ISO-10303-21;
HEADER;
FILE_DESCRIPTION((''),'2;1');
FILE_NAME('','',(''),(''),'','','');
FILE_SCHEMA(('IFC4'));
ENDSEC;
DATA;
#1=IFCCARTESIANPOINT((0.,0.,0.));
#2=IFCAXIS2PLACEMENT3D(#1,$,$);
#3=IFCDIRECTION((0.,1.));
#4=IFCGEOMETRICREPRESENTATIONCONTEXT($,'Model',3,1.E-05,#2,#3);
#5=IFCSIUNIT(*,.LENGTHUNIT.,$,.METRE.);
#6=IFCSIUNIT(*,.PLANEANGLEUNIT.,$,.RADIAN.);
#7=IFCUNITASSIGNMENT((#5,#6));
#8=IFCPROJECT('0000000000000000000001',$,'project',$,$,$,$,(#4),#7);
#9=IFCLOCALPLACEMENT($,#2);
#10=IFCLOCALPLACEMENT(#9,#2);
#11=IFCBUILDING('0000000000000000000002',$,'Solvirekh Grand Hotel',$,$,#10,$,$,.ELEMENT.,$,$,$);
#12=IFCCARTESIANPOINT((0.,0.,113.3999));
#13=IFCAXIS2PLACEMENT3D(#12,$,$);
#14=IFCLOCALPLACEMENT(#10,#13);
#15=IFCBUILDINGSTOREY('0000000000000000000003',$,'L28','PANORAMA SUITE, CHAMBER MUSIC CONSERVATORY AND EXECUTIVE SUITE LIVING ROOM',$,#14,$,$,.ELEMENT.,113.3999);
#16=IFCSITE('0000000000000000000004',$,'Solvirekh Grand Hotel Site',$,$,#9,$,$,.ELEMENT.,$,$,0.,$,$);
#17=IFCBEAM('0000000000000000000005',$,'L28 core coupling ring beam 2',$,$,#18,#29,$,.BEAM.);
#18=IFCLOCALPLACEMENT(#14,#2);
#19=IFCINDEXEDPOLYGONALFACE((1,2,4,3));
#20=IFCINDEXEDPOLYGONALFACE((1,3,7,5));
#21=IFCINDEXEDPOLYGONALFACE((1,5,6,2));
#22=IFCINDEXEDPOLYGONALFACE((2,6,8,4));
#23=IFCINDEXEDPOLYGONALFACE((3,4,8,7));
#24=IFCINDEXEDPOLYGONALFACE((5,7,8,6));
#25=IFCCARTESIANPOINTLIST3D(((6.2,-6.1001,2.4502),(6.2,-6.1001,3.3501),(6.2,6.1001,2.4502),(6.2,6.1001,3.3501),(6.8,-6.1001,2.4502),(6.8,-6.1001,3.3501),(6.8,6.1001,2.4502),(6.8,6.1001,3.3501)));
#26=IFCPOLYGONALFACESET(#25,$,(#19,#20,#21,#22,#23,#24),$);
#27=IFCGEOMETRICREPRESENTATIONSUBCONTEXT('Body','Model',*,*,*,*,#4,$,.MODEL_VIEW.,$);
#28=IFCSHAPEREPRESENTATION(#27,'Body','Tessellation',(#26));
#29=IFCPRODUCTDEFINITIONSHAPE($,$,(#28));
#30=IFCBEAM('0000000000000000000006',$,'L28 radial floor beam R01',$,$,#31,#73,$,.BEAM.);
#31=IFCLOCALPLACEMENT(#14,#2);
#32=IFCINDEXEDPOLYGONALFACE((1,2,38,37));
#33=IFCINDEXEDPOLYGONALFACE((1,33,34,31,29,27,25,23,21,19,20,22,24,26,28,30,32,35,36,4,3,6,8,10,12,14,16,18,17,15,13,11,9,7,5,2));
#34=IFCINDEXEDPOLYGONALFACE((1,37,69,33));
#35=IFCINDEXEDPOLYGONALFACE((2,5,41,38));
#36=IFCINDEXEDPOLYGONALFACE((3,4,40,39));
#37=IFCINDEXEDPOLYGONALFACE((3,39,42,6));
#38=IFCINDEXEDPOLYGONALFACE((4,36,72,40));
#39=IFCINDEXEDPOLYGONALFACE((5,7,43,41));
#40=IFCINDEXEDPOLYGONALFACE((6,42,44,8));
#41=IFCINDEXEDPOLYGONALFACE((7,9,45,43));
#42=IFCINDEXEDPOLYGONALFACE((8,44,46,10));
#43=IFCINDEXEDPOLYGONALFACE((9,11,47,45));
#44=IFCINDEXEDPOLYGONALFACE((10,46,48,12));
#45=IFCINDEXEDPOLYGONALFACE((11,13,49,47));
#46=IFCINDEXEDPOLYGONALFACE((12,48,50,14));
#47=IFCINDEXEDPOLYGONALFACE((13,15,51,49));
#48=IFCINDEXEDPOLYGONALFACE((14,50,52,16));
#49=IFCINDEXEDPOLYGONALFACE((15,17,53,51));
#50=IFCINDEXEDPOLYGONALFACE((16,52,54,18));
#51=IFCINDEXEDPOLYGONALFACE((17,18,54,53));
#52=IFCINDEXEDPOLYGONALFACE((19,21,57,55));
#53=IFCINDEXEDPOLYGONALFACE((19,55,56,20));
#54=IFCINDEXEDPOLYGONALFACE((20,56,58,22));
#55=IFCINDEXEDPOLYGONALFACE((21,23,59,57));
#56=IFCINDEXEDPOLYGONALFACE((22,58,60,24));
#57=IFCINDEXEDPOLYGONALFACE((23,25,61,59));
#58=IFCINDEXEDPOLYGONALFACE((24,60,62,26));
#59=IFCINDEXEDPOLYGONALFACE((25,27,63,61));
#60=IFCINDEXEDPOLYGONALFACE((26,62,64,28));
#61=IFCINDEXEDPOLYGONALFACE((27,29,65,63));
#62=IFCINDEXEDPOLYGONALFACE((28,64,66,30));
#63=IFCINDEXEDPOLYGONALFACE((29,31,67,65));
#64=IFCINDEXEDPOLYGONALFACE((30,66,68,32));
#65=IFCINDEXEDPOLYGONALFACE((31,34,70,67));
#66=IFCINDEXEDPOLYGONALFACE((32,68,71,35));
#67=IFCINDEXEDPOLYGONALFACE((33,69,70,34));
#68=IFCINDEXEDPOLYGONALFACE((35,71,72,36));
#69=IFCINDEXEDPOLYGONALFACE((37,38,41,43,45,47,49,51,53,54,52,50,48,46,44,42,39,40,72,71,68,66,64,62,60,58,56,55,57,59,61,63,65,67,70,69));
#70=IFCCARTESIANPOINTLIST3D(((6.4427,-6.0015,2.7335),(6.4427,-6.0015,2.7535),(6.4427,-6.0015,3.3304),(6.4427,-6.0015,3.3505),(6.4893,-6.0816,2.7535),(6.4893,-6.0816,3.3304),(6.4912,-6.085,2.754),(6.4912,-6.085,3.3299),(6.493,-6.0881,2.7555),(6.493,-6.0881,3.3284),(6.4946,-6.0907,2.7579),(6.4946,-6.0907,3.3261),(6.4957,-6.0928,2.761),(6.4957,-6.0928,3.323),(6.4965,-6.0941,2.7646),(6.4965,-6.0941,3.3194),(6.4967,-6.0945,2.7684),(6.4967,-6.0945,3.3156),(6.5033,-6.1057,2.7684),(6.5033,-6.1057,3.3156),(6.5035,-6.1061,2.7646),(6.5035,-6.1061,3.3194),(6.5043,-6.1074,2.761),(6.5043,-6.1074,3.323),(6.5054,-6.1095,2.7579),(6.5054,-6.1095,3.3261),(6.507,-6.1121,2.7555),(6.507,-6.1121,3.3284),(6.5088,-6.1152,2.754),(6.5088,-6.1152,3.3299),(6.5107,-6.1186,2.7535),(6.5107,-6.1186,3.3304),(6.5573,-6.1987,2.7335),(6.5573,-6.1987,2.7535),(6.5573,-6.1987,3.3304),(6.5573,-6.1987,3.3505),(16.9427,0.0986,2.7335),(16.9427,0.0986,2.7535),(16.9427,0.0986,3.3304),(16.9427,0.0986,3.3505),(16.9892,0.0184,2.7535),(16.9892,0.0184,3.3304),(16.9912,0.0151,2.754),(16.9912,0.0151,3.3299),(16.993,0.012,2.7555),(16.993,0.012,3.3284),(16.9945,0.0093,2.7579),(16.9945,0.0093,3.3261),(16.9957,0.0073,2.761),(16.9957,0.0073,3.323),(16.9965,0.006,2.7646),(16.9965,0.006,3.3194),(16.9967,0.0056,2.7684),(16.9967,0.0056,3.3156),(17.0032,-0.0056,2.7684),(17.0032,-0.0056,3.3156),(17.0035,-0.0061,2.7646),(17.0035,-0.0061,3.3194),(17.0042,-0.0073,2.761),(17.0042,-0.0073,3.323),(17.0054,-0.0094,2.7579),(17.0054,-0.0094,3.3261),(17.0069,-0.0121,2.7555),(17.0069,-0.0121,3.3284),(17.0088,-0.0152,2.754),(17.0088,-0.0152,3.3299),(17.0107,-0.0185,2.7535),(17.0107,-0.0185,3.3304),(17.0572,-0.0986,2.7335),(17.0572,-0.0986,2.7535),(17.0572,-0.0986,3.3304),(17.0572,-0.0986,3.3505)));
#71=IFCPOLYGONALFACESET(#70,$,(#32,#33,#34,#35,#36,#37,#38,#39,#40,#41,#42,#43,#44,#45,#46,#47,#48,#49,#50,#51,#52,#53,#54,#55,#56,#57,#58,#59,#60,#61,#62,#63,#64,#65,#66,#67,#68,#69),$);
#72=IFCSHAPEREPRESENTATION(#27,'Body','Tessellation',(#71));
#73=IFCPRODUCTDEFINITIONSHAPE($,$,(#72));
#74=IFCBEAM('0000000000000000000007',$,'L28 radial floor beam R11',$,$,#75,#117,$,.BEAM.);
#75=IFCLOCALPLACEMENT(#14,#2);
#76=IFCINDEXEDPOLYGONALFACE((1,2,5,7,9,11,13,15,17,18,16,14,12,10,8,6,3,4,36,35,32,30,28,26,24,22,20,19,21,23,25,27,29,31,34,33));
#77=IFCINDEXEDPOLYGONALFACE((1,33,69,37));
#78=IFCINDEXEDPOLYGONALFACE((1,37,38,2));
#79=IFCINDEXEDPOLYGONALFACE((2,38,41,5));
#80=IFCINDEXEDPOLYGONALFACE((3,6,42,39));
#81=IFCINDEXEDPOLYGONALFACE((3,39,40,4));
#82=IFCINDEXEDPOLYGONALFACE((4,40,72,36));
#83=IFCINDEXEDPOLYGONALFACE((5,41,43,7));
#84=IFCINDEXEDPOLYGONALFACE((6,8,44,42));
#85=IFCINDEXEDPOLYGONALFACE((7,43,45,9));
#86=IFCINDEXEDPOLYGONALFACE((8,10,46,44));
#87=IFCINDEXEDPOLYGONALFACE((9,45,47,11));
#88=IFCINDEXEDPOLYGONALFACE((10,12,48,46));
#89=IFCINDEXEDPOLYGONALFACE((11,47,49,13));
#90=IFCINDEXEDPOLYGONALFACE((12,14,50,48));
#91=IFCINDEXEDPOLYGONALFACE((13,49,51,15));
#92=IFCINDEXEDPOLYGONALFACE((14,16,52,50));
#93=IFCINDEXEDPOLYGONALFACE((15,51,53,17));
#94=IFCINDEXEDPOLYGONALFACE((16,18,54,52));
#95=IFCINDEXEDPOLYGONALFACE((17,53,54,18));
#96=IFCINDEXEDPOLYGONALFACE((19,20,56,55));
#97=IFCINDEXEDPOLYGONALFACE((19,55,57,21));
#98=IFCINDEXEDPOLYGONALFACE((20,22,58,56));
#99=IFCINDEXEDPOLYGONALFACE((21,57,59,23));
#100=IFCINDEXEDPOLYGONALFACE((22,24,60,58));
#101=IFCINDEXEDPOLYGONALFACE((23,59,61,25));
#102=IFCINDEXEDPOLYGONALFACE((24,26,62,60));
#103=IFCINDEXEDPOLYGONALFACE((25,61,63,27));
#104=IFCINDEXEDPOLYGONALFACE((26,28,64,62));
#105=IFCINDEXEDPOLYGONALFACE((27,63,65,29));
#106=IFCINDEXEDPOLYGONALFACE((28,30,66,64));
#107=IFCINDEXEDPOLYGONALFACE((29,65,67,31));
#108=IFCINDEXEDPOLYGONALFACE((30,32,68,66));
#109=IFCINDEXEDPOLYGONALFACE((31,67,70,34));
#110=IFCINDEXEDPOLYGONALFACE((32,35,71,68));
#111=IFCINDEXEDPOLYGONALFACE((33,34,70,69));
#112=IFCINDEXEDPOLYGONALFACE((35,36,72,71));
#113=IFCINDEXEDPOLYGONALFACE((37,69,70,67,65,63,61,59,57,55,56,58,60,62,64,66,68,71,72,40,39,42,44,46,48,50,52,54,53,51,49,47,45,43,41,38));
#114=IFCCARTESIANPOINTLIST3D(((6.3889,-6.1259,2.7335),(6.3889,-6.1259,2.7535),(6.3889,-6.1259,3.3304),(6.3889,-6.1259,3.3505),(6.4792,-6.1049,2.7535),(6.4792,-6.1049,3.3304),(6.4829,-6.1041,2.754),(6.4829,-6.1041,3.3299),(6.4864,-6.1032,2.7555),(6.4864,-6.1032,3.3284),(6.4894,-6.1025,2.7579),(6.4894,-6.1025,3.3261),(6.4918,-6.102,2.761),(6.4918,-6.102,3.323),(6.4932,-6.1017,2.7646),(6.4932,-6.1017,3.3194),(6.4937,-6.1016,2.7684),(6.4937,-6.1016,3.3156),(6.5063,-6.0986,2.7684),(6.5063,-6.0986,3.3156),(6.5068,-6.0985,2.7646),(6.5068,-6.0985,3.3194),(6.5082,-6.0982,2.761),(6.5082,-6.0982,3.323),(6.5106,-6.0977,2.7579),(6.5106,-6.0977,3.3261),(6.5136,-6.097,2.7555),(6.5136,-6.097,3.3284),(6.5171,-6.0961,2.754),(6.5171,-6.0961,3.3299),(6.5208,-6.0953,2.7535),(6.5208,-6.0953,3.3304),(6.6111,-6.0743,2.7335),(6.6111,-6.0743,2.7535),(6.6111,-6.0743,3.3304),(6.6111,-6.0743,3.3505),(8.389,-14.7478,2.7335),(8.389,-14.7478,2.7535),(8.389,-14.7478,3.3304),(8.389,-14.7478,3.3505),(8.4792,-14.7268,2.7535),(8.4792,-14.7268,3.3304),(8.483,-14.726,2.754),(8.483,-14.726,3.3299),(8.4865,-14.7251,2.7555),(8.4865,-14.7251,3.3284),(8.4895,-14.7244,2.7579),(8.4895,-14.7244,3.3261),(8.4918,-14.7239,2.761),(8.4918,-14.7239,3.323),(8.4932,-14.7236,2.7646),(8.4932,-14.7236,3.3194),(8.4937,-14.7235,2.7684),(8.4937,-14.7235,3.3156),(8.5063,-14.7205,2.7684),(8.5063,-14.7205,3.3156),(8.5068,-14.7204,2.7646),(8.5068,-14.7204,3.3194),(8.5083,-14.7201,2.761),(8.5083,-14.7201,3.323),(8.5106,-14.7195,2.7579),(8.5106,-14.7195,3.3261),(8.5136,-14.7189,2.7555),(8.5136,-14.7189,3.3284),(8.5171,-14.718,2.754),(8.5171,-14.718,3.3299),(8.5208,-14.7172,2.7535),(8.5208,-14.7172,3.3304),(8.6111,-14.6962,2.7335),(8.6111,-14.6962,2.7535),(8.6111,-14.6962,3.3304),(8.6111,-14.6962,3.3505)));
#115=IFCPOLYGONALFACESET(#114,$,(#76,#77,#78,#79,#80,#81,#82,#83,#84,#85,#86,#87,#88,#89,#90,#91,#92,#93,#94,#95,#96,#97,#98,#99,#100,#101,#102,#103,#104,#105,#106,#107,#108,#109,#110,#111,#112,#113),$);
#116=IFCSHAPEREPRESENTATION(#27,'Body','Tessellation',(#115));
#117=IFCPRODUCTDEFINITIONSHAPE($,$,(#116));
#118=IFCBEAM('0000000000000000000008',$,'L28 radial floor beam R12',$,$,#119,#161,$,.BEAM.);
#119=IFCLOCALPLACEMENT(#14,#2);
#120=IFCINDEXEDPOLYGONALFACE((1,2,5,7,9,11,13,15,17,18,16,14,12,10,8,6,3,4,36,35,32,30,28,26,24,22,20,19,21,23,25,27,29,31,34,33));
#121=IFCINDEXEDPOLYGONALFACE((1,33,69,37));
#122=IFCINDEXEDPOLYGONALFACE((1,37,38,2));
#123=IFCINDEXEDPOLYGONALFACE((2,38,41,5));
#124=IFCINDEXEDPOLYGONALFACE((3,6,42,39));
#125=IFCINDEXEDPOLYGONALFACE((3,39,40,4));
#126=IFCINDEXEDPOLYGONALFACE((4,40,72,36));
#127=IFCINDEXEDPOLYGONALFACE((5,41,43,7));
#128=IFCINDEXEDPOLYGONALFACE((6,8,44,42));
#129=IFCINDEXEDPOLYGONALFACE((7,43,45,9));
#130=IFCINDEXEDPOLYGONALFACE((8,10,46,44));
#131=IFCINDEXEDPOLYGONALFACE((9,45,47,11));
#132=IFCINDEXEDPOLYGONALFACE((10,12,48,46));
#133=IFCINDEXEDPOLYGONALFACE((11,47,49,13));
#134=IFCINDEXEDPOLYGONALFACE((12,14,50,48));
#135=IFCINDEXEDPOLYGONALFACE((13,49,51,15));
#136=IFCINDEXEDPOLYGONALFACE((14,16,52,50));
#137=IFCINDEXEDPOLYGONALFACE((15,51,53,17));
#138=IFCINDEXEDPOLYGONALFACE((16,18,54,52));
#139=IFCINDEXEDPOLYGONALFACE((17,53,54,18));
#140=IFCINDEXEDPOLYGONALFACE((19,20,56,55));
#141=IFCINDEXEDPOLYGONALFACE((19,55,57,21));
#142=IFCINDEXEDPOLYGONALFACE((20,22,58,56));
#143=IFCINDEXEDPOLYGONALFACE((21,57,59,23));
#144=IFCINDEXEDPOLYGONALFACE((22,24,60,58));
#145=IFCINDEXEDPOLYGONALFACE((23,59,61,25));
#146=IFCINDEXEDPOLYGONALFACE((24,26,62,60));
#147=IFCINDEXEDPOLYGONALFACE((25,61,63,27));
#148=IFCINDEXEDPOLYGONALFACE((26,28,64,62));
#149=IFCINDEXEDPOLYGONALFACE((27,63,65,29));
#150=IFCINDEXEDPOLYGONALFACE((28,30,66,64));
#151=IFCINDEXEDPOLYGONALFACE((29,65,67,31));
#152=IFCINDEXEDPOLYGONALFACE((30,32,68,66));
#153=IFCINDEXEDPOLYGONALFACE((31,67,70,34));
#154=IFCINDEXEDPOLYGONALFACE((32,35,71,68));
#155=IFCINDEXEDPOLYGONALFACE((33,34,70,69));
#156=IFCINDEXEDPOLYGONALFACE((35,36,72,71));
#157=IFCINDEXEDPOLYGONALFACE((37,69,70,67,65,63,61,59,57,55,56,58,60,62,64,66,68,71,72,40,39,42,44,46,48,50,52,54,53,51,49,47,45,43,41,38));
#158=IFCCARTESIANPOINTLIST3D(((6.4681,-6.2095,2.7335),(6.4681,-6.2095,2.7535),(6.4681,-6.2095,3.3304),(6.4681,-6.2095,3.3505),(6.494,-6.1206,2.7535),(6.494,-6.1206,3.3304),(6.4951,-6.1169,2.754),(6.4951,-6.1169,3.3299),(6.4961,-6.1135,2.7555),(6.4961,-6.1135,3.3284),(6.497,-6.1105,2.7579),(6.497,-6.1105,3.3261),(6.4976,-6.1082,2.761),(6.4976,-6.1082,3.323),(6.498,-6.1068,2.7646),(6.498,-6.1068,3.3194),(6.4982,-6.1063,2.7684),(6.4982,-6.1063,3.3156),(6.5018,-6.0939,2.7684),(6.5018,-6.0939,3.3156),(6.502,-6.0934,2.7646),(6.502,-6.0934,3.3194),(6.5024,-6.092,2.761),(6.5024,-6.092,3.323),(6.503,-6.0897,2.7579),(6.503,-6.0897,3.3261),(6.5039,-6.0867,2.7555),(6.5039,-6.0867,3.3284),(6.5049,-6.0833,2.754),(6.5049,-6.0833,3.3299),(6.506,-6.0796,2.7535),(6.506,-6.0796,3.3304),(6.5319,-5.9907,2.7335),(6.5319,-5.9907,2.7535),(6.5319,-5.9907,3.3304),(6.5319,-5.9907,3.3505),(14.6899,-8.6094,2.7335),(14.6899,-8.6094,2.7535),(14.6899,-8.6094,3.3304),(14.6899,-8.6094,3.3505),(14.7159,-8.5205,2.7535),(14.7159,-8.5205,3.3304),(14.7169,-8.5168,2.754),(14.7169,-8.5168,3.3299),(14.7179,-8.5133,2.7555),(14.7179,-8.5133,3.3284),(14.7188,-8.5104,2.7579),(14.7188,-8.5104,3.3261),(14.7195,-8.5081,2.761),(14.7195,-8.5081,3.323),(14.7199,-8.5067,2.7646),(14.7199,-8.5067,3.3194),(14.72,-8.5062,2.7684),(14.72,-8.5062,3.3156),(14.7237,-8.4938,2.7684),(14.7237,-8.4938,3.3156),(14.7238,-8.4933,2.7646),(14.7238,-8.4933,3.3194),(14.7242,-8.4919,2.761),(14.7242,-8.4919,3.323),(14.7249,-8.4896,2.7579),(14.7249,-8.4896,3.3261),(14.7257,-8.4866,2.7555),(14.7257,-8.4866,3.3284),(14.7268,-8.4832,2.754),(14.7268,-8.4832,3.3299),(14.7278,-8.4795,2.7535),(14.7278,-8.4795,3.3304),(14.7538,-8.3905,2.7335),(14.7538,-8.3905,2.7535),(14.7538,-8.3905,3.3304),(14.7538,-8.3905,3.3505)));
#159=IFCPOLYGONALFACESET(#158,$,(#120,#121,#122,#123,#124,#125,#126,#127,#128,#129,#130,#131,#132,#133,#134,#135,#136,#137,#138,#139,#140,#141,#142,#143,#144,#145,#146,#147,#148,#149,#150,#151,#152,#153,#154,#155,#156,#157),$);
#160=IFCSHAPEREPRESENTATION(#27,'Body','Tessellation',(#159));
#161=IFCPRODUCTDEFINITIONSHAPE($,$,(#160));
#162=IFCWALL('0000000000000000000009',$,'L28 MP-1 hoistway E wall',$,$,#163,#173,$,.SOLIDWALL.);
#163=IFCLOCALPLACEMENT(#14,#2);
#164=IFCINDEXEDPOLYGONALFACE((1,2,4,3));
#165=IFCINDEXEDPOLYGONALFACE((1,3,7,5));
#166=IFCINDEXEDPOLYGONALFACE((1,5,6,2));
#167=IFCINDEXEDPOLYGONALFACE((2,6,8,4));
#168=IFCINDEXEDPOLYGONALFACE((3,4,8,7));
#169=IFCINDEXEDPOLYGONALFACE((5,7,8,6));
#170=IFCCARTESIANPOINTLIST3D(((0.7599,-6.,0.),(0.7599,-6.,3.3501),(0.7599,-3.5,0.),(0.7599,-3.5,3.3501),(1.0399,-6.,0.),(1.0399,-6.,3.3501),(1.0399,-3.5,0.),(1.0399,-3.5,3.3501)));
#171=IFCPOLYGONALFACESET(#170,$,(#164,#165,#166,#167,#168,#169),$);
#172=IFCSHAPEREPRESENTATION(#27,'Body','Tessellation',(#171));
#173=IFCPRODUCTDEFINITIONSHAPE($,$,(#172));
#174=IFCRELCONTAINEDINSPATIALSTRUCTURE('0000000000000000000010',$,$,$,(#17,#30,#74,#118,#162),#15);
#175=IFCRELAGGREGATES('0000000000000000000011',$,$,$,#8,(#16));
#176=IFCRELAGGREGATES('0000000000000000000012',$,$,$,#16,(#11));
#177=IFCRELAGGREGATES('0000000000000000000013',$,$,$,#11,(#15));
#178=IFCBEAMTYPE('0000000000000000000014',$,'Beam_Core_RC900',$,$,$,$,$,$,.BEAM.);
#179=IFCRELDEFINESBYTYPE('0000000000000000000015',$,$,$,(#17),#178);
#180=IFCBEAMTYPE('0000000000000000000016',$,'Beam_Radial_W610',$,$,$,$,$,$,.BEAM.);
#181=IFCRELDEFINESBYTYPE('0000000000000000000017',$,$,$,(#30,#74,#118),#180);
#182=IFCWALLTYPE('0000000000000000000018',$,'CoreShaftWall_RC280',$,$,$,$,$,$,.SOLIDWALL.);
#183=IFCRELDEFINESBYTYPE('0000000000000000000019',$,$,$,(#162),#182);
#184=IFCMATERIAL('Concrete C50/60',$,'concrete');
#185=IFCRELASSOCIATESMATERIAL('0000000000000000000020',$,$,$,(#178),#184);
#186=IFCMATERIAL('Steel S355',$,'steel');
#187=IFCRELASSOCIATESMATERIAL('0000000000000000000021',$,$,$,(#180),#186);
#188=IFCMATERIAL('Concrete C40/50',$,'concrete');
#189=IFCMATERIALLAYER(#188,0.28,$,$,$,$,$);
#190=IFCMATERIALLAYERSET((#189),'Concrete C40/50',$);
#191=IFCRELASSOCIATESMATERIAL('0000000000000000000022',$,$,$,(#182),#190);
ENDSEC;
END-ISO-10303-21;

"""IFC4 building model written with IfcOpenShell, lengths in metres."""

from ifc_helpers import new_model, si_unit, direction, frame, frame_2d, origin, origin_2d, place, context, subcontext, project, spatial, rectangle, i_section, extrude, material, layer, layer_set, material_profile, profile_set, type_object, element, save


model = new_model("IFC4")

# Units and contexts
model_context = context("Model", 3, precision=1e-05, world=origin(), true_north=direction((0.0, 1.0)))
body_context = subcontext(model_context, "Body", "Model", "MODEL_VIEW")
ifc_project = project(units=[si_unit("LENGTHUNIT", "METRE"), si_unit("PLANEANGLEUNIT", "RADIAN")], contexts=[model_context])

# Site, building, storey
site_placement = place(None, origin())
site = spatial("IfcSite", under=ifc_project, at=site_placement, Name="Solvirekh Grand Hotel Site", CompositionType="ELEMENT", RefElevation=0.0)
building_placement = place(site_placement, origin())
building = spatial("IfcBuilding", under=site, at=building_placement, Name="Solvirekh Grand Hotel", CompositionType="ELEMENT")
storey_placement = place(building_placement, frame((0.0, 0.0, 113.3999)))
storey = spatial("IfcBuildingStorey", under=building, at=storey_placement, Name="L28", Description="PANORAMA SUITE, CHAMBER MUSIC CONSERVATORY AND EXECUTIVE SUITE LIVING ROOM", CompositionType="ELEMENT", Elevation=113.3999)

# Beams
ifc_material_1 = material(Name="Concrete C50/60", Category="concrete")
ifc_material_profile_1 = material_profile(ifc_material_1, rectangle(XDim=0.6001, YDim=0.8999, at=origin_2d()), Name="RC BEAM 600X900")
ifc_profile_set_1 = profile_set([ifc_material_profile_1], Name="Concrete C50/60")
beam_type_1 = type_object("IfcBeamType", Name="Beam_Core_RC900", PredefinedType="BEAM", material=ifc_profile_set_1)
beam_1_placement = place(storey_placement, frame((6.5, -6.1001, 2.9001), z_axis=(0.0, 1.0, 0.0), x_axis=(-1.0, 0.0, 0.0)))
element("IfcBeam", 1, at=beam_1_placement, inside=storey, type_object=beam_type_1, Name="L28 core coupling ring beam 2", PredefinedType="BEAM", context=body_context, shape_type="SweptSolid", body=[
    extrude(rectangle(XDim=0.6001, YDim=0.8999, at=origin_2d()), origin(), (0.0, 0.0, 1.0), 12.2002),
])
ifc_material_2 = material(Name="Steel S355", Category="steel")
ifc_material_profile_2 = material_profile(ifc_material_2, i_section(OverallWidth=0.228, OverallDepth=0.6169, WebThickness=0.0129, FlangeThickness=0.02, FilletRadius=0.0149, at=origin_2d()), Name="W610X140")
ifc_profile_set_2 = profile_set([ifc_material_profile_2], Name="Steel S355")
beam_type_2 = type_object("IfcBeamType", Name="Beam_Radial_W610", PredefinedType="BEAM", material=ifc_profile_set_2)
beam_2_placement = place(storey_placement, frame((6.5, -6.1001, 3.042), z_axis=(0.86467, 0.50234, 0.0), x_axis=(-0.50234, 0.86467, 0.0)))
element("IfcBeam", 2, at=beam_2_placement, inside=storey, type_object=beam_type_2, Name="L28 radial floor beam R01", PredefinedType="BEAM", context=body_context, shape_type="SweptSolid", body=[
    extrude(i_section(OverallWidth=0.228, OverallDepth=0.6169, WebThickness=0.0129, FlangeThickness=0.02, FilletRadius=0.0149, at=origin_2d()), origin(), (0.0, 0.0, 1.0), 12.1433),
])
beam_3_placement = place(storey_placement, frame((6.5, -6.1001, 3.042), z_axis=(0.225969, -0.974134, 0.0), x_axis=(0.974134, 0.225969, 0.0)))
element("IfcBeam", 3, at=beam_3_placement, inside=storey, type_object=beam_type_2, Name="L28 radial floor beam R11", PredefinedType="BEAM", context=body_context, shape_type="SweptSolid", body=[
    extrude(i_section(OverallWidth=0.228, OverallDepth=0.6169, WebThickness=0.0129, FlangeThickness=0.02, FilletRadius=0.0149, at=origin_2d()), origin(), (0.0, 0.0, 1.0), 8.8508),
])
beam_4_placement = place(storey_placement, frame((6.5, -6.1001, 3.042), z_axis=(0.959942, -0.280198, 0.0), x_axis=(0.280198, 0.959942, 0.0)))
element("IfcBeam", 4, at=beam_4_placement, inside=storey, type_object=beam_type_2, Name="L28 radial floor beam R12", PredefinedType="BEAM", context=body_context, shape_type="SweptSolid", body=[
    extrude(i_section(OverallWidth=0.228, OverallDepth=0.6169, WebThickness=0.0129, FlangeThickness=0.02, FilletRadius=0.0149, at=origin_2d()), origin(), (0.0, 0.0, 1.0), 8.5649),
])

# Wall
ifc_material_3 = material(Name="Concrete C40/50", Category="concrete")
ifc_layer_1 = layer(ifc_material_3, 0.28)
ifc_layer_set_1 = layer_set([ifc_layer_1], Name="Concrete C40/50")
wall_type_1 = type_object("IfcWallType", Name="CoreShaftWall_RC280", PredefinedType="SOLIDWALL", material=ifc_layer_set_1)
wall_1_placement = place(storey_placement, frame((0.8999, -6.0, 0.0), z_axis=(0.0, 0.0, 1.0), x_axis=(0.0, 1.0, 0.0)))
element("IfcWall", 5, at=wall_1_placement, inside=storey, type_object=wall_type_1, Name="L28 MP-1 hoistway E wall", PredefinedType="SOLIDWALL", context=body_context, shape_type="SweptSolid", body=[
    extrude(rectangle(XDim=2.5, YDim=0.28, at=frame_2d((1.25, 0.0))), origin(), (0.0, 0.0, 1.0), 3.3501),
])

save(model, "model.ifc")
